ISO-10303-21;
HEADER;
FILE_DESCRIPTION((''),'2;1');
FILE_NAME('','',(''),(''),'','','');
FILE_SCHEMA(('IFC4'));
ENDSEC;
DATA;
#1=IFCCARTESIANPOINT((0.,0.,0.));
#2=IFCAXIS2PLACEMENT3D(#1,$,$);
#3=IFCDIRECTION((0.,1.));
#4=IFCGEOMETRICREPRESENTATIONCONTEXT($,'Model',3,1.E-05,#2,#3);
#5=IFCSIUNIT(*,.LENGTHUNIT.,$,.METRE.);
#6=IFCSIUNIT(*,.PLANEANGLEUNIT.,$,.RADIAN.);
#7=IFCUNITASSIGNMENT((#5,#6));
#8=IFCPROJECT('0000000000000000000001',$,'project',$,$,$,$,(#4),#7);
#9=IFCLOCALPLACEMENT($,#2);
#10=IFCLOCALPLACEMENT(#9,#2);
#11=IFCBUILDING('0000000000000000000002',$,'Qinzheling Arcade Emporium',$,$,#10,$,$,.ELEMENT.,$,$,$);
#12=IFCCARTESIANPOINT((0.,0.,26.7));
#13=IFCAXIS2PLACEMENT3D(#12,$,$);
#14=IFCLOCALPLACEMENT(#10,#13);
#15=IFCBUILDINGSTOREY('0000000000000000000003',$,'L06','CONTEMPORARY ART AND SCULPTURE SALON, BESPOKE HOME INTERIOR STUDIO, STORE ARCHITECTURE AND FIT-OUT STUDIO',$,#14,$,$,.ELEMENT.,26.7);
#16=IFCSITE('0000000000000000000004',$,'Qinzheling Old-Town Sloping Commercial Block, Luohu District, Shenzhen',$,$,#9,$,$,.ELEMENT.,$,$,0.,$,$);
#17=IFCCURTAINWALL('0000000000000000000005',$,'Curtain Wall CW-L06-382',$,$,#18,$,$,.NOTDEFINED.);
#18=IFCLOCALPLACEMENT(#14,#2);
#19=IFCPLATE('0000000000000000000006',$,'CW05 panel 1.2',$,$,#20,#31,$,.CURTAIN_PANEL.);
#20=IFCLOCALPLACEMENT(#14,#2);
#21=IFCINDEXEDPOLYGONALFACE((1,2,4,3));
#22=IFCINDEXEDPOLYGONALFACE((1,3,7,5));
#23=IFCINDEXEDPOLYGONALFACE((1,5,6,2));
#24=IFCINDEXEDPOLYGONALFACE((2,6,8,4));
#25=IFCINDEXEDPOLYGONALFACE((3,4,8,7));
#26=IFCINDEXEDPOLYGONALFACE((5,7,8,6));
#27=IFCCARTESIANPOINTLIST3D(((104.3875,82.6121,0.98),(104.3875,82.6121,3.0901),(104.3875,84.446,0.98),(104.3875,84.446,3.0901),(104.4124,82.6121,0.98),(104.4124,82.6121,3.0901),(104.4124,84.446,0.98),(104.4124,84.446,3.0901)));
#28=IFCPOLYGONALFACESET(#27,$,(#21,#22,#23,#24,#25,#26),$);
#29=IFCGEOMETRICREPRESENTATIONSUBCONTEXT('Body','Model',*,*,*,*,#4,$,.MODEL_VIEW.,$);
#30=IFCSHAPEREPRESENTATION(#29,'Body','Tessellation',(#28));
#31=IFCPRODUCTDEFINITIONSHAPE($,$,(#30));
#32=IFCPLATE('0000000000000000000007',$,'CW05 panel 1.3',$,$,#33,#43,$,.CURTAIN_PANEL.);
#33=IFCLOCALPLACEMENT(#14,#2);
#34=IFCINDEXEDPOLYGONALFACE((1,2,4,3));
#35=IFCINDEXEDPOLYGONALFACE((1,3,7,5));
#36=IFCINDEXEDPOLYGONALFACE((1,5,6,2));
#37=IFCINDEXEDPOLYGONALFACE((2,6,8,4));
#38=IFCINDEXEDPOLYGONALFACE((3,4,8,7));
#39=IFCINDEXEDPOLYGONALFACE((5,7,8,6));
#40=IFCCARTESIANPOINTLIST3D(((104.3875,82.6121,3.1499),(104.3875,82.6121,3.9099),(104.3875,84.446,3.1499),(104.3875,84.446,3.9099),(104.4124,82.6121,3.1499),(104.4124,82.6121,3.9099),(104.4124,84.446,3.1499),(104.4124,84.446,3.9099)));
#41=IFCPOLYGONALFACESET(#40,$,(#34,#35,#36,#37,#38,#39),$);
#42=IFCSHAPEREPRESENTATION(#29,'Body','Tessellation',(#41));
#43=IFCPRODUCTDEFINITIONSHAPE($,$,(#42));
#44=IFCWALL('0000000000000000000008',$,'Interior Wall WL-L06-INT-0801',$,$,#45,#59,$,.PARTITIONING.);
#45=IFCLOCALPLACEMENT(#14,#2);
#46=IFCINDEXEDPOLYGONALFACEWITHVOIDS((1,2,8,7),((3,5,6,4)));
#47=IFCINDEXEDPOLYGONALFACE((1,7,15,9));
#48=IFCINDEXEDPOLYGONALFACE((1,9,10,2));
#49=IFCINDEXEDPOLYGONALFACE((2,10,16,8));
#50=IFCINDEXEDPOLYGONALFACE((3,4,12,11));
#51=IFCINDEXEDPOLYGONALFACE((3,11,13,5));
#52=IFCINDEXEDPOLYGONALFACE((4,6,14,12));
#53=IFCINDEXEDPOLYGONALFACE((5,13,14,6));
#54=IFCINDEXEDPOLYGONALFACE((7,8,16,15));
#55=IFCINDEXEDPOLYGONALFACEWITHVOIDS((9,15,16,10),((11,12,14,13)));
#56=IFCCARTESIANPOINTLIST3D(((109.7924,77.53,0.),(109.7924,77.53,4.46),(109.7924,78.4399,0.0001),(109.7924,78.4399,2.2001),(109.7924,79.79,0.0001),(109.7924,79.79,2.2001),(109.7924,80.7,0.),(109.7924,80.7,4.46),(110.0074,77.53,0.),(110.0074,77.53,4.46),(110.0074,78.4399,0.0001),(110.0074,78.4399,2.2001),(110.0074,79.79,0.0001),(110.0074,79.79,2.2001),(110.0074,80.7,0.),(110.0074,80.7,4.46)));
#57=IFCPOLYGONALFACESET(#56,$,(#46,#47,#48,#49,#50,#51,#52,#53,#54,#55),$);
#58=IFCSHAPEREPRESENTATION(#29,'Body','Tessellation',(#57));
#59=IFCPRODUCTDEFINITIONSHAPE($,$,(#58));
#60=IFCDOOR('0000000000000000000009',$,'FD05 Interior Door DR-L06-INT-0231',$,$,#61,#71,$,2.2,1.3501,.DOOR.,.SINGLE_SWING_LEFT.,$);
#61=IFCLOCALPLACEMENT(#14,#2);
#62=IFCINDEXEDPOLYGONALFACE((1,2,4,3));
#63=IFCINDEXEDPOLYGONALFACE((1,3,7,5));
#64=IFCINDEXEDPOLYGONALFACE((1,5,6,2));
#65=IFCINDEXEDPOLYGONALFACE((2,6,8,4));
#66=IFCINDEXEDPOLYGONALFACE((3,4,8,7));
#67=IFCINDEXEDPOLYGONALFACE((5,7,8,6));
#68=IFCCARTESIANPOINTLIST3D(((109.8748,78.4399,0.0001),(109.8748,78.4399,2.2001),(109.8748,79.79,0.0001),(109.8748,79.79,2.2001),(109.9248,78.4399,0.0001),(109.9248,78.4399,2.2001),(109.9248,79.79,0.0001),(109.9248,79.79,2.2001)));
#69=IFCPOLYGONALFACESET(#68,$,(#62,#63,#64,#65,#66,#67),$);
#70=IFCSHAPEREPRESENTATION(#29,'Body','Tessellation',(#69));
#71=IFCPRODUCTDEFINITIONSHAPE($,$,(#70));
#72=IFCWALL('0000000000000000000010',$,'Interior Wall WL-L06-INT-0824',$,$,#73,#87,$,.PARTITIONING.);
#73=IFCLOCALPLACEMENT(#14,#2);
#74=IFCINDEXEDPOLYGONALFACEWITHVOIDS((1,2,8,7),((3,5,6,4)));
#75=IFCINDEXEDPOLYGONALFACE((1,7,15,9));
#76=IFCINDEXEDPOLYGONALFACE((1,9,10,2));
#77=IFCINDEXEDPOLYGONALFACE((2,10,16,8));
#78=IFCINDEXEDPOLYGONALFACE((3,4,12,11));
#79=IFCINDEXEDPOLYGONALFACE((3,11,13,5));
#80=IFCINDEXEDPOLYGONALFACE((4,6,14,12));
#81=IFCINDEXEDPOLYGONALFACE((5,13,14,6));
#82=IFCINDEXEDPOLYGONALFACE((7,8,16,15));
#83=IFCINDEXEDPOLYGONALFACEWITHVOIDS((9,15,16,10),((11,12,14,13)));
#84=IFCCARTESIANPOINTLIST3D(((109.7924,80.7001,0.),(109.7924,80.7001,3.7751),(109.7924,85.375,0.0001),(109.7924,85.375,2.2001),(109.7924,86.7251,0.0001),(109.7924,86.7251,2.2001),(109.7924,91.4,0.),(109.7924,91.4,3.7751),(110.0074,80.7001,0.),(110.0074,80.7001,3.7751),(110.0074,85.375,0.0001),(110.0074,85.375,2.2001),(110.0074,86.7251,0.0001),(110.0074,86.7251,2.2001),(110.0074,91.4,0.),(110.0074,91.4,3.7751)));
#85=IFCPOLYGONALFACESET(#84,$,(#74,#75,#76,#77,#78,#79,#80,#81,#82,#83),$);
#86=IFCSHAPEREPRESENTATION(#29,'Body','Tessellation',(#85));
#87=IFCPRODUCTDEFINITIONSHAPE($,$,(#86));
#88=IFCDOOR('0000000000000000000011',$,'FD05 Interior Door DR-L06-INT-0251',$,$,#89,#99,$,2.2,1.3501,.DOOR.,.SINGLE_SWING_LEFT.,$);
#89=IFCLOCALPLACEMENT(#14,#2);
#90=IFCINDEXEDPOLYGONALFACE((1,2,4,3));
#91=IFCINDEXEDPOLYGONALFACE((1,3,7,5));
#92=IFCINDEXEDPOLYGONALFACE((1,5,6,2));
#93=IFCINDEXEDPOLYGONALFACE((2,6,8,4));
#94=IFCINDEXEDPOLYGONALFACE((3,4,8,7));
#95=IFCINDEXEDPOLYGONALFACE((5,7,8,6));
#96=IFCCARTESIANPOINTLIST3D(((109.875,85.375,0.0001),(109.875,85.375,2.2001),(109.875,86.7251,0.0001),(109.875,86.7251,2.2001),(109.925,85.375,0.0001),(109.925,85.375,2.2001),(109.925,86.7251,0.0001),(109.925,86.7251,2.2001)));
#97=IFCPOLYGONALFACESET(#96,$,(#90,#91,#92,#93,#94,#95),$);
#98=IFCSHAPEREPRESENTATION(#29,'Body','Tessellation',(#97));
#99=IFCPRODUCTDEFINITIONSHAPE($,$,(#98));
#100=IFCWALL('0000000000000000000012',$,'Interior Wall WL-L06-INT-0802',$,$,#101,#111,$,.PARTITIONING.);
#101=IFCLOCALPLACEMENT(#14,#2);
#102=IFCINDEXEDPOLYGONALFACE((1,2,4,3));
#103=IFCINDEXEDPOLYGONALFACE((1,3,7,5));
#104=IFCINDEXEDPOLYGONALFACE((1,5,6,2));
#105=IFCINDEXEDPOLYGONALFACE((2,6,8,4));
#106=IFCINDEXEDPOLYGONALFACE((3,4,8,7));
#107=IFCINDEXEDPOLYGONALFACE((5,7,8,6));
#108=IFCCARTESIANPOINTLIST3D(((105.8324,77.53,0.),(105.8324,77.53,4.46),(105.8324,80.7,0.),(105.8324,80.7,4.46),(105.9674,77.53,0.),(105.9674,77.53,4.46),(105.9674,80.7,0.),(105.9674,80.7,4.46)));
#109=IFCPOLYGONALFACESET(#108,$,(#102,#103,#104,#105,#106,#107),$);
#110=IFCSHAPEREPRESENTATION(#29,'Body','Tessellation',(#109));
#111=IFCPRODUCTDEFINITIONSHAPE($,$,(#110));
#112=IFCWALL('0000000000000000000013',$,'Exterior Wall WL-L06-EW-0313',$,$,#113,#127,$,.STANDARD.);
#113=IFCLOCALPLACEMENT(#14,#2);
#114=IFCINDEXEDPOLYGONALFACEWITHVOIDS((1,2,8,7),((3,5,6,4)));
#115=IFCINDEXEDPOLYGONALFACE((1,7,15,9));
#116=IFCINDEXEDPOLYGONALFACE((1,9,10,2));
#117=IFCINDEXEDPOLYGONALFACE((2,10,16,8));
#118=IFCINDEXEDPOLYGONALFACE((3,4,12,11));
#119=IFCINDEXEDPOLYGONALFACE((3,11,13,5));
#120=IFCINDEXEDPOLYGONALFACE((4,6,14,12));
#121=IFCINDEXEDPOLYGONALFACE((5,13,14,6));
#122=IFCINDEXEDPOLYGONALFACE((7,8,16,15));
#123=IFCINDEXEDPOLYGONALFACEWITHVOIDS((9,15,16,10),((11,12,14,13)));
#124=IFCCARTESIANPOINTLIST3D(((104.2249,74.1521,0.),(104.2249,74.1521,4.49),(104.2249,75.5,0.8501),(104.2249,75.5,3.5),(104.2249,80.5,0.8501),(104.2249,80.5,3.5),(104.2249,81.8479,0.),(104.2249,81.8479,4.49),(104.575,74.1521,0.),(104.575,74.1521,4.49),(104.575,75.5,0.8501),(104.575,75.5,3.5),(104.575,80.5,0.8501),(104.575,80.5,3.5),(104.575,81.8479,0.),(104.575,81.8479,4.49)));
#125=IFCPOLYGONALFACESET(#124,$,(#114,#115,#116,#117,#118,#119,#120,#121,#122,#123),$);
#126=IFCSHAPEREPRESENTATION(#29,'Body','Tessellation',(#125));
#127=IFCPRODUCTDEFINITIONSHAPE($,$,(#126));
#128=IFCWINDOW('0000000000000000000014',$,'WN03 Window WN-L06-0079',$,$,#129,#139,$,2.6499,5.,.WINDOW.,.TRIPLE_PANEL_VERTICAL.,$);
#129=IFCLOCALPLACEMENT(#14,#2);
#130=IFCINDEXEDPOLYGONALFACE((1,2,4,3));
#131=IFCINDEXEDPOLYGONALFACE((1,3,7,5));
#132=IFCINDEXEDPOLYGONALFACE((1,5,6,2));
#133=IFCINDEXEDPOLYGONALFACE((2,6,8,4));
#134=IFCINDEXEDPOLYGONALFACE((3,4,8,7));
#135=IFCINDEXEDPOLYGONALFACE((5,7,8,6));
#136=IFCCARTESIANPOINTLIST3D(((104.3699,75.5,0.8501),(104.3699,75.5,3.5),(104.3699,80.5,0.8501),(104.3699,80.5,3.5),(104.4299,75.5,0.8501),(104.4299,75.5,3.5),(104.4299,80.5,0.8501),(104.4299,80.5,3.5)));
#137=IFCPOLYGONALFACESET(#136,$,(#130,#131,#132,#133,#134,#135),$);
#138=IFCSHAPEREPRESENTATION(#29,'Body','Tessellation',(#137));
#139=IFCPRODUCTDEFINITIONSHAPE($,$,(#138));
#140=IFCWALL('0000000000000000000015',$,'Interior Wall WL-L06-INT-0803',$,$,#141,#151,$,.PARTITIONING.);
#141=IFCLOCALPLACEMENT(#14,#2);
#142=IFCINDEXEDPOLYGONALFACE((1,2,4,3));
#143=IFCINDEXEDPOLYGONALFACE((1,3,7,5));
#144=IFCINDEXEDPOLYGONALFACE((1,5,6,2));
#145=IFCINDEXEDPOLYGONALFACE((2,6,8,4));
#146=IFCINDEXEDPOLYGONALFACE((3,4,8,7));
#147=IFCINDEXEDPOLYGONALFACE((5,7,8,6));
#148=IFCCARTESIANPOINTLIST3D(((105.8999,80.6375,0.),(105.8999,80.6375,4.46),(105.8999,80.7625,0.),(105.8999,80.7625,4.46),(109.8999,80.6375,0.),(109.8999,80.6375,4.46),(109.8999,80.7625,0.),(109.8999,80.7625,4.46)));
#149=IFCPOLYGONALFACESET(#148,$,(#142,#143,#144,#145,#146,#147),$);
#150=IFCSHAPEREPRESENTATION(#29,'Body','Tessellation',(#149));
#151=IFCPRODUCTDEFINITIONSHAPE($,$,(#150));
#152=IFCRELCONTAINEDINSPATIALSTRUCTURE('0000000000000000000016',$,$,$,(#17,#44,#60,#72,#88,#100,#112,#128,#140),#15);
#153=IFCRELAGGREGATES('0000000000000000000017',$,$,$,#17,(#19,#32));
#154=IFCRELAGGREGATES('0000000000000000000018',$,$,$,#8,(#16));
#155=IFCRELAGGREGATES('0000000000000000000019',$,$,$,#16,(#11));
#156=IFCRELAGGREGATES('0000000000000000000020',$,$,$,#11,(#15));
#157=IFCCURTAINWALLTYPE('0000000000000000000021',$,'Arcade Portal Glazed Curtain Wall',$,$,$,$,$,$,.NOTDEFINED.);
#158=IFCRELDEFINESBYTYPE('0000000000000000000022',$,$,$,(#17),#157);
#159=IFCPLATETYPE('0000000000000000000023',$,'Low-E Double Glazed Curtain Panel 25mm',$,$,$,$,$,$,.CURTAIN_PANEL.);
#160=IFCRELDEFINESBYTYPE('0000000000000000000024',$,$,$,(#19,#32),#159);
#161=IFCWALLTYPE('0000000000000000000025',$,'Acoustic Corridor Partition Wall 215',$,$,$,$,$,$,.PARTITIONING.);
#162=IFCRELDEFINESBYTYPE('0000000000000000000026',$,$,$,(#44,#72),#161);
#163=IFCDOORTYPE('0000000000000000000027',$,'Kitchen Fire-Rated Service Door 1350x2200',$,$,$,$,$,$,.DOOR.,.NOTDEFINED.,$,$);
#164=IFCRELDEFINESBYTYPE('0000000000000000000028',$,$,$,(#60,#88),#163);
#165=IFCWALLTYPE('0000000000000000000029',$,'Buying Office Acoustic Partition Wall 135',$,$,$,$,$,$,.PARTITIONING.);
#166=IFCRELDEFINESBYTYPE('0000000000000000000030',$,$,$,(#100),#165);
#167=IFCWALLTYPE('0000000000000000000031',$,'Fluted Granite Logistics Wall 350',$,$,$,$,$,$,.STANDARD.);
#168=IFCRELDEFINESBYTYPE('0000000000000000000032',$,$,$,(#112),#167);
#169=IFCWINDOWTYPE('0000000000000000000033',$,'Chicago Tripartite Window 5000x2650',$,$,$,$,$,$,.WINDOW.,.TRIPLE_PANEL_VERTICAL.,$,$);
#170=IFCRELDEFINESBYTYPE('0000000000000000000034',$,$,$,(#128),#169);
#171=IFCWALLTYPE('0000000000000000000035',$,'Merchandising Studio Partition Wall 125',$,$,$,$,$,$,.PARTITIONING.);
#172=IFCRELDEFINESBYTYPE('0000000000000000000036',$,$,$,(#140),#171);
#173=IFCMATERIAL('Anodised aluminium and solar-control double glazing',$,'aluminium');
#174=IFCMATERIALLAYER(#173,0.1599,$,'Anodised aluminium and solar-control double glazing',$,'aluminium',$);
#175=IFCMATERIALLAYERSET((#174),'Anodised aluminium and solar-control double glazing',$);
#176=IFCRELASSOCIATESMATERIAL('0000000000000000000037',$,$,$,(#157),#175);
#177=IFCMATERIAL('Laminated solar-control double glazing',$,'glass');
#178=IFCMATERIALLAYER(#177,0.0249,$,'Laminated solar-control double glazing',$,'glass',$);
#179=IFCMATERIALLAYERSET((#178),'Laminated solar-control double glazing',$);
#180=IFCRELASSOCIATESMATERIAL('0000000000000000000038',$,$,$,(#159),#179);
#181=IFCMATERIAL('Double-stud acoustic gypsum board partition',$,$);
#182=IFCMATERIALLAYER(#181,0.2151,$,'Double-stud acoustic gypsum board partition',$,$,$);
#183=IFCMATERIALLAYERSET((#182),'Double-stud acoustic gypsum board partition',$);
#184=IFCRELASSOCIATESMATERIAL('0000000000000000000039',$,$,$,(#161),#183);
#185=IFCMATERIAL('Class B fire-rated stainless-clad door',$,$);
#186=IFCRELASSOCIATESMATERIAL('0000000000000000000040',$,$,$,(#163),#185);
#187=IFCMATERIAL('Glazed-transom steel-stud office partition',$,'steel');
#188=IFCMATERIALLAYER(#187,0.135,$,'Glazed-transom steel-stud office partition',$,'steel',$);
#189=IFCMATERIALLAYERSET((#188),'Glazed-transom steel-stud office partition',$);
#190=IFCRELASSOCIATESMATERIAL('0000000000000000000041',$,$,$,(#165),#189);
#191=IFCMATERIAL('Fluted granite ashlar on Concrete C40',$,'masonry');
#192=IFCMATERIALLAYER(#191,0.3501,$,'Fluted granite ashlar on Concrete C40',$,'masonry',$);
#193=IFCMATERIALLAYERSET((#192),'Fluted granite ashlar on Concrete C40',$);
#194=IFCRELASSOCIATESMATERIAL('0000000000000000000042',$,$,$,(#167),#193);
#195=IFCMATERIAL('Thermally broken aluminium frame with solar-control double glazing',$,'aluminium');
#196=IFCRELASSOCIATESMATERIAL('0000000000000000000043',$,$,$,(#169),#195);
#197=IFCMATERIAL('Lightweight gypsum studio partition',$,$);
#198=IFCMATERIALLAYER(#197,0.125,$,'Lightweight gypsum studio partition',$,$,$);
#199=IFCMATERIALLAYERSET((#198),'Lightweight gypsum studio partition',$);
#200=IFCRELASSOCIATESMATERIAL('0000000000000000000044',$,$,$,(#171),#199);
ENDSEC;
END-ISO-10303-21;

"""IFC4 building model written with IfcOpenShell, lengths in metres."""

from ifc_helpers import new_model, si_unit, direction, frame, frame_2d, origin, origin_2d, place, context, subcontext, project, spatial, rectangle, extrude, material, layer, layer_set, type_object, element, fill, aggregate, save


model = new_model("IFC4")

# Units and contexts
model_context = context("Model", 3, precision=1e-05, world=origin(), true_north=direction((0.0, 1.0)))
body_context = subcontext(model_context, "Body", "Model", "MODEL_VIEW")
ifc_project = project(units=[si_unit("LENGTHUNIT", "METRE"), si_unit("PLANEANGLEUNIT", "RADIAN")], contexts=[model_context])

# Site, building, storey
site_placement = place(None, origin())
site = spatial("IfcSite", under=ifc_project, at=site_placement, Name="Qinzheling Old-Town Sloping Commercial Block, Luohu District, Shenzhen", CompositionType="ELEMENT", RefElevation=0.0)
building_placement = place(site_placement, origin())
building = spatial("IfcBuilding", under=site, at=building_placement, Name="Qinzheling Arcade Emporium", CompositionType="ELEMENT")
storey_placement = place(building_placement, frame((0.0, 0.0, 26.7)))
storey = spatial("IfcBuildingStorey", under=building, at=storey_placement, Name="L06", Description="CONTEMPORARY ART AND SCULPTURE SALON, BESPOKE HOME INTERIOR STUDIO, STORE ARCHITECTURE AND FIT-OUT STUDIO", CompositionType="ELEMENT", Elevation=26.7)

# Curtain wall
ifc_material_1 = material(Name="Anodised aluminium and solar-control double glazing", Category="aluminium")
ifc_layer_1 = layer(ifc_material_1, 0.1599, Name="Anodised aluminium and solar-control double glazing", Category="aluminium")
ifc_layer_set_1 = layer_set([ifc_layer_1], Name="Anodised aluminium and solar-control double glazing")
curtain_wall_type = type_object("IfcCurtainWallType", Name="Arcade Portal Glazed Curtain Wall", PredefinedType="NOTDEFINED", material=ifc_layer_set_1)
curtain_wall_placement = place(storey_placement, origin())
curtain_wall = element("IfcCurtainWall", 1, at=curtain_wall_placement, inside=storey, type_object=curtain_wall_type, Name="Curtain Wall CW-L06-382", PredefinedType="NOTDEFINED")

# Plates
ifc_material_2 = material(Name="Laminated solar-control double glazing", Category="glass")
ifc_layer_2 = layer(ifc_material_2, 0.0249, Name="Laminated solar-control double glazing", Category="glass")
ifc_layer_set_2 = layer_set([ifc_layer_2], Name="Laminated solar-control double glazing")
plate_type = type_object("IfcPlateType", Name="Low-E Double Glazed Curtain Panel 25mm", PredefinedType="CURTAIN_PANEL", material=ifc_layer_set_2)
plate_1_placement = place(storey_placement, frame((104.3999, 83.5291, 0.98), z_axis=(0.0, 0.0, 1.0), x_axis=(0.0, 1.0, 0.0)))
plate_1 = element("IfcPlate", 2, at=plate_1_placement, type_object=plate_type, Name="CW05 panel 1.2", PredefinedType="CURTAIN_PANEL", context=body_context, shape_type="SweptSolid", body=[
    extrude(rectangle(XDim=1.834, YDim=0.0249, at=origin_2d()), origin(), (0.0, 0.0, 1.0), 2.1101),
])
plate_2_placement = place(storey_placement, frame((104.3999, 83.5291, 3.1499), z_axis=(0.0, 0.0, 1.0), x_axis=(0.0, 1.0, 0.0)))
plate_2 = element("IfcPlate", 3, at=plate_2_placement, type_object=plate_type, Name="CW05 panel 1.3", PredefinedType="CURTAIN_PANEL", context=body_context, shape_type="SweptSolid", body=[
    extrude(rectangle(XDim=1.834, YDim=0.0249, at=origin_2d()), origin(), (0.0, 0.0, 1.0), 0.76),
])
aggregate(curtain_wall, [plate_1, plate_2])

# Walls, openings, doors
ifc_material_3 = material(Name="Double-stud acoustic gypsum board partition")
ifc_layer_3 = layer(ifc_material_3, 0.2151, Name="Double-stud acoustic gypsum board partition")
ifc_layer_set_3 = layer_set([ifc_layer_3], Name="Double-stud acoustic gypsum board partition")
wall_type_1 = type_object("IfcWallType", Name="Acoustic Corridor Partition Wall 215", PredefinedType="PARTITIONING", material=ifc_layer_set_3)
wall_1_placement = place(storey_placement, frame((109.8999, 80.7, 0.0), z_axis=(0.0, 0.0, 1.0), x_axis=(0.0, -1.0, 0.0)))
wall_1 = element("IfcWall", 4, at=wall_1_placement, inside=storey, type_object=wall_type_1, Name="Interior Wall WL-L06-INT-0801", PredefinedType="PARTITIONING", context=body_context, shape_type="SweptSolid", body=[
    extrude(rectangle(XDim=3.1699, YDim=0.2151, at=frame_2d((1.585, 0.0))), origin(), (0.0, 0.0, 1.0), 4.46),
])
opening_1_placement = place(wall_1_placement, frame((0.9099, 0.0, 0.0)))
opening_1 = element("IfcOpeningElement", 5, at=opening_1_placement, cuts=wall_1, PredefinedType="OPENING", context=body_context, shape_type="SweptSolid", body=[
    extrude(rectangle(XDim=1.3501, YDim=2.2, at=frame_2d((0.675, 1.1001))), frame((0.0, 0.1177, 0.0), z_axis=(0.0, -1.0, 0.0), x_axis=(1.0, 0.0, 0.0)), (0.0, 0.0, 1.0), 0.2351),
])
ifc_material_4 = material(Name="Class B fire-rated stainless-clad door")
door_type_1 = type_object("IfcDoorType", Name="Kitchen Fire-Rated Service Door 1350x2200", OperationType="NOTDEFINED", PredefinedType="DOOR", material=ifc_material_4)
door_1_placement = place(opening_1_placement, origin())
door_1 = element("IfcDoor", 6, at=door_1_placement, inside=storey, type_object=door_type_1, Name="FD05 Interior Door DR-L06-INT-0231", OperationType="SINGLE_SWING_LEFT", OverallHeight=2.2, OverallWidth=1.3501, PredefinedType="DOOR", context=body_context, shape_type="SweptSolid", body=[
    extrude(rectangle(XDim=1.3501, YDim=2.2, at=frame_2d((0.675, 1.1001))), frame((0.0, 0.0249, 0.0), z_axis=(0.0, -1.0, 0.0), x_axis=(1.0, 0.0, 0.0)), (0.0, 0.0, 1.0), 0.05),
])
fill(opening_1, door_1)
wall_2_placement = place(storey_placement, frame((109.8999, 80.7, 0.0), z_axis=(0.0, 0.0, 1.0), x_axis=(0.0, 1.0, 0.0)))
wall_2 = element("IfcWall", 7, at=wall_2_placement, inside=storey, type_object=wall_type_1, Name="Interior Wall WL-L06-INT-0824", PredefinedType="PARTITIONING", context=body_context, shape_type="SweptSolid", body=[
    extrude(rectangle(XDim=10.7, YDim=0.2151, at=frame_2d((5.3501, 0.0))), origin(), (0.0, 0.0, 1.0), 3.7751),
])
opening_2_placement = place(wall_2_placement, frame((4.675, 0.0, 0.0)))
opening_2 = element("IfcOpeningElement", 8, at=opening_2_placement, cuts=wall_2, PredefinedType="OPENING", context=body_context, shape_type="SweptSolid", body=[
    extrude(rectangle(XDim=1.3501, YDim=2.2, at=frame_2d((0.675, 1.1001))), frame((0.0, 0.1177, 0.0), z_axis=(0.0, -1.0, 0.0), x_axis=(1.0, 0.0, 0.0)), (0.0, 0.0, 1.0), 0.2351),
])
door_2_placement = place(opening_2_placement, origin())
door_2 = element("IfcDoor", 9, at=door_2_placement, inside=storey, type_object=door_type_1, Name="FD05 Interior Door DR-L06-INT-0251", OperationType="SINGLE_SWING_LEFT", OverallHeight=2.2, OverallWidth=1.3501, PredefinedType="DOOR", context=body_context, shape_type="SweptSolid", body=[
    extrude(rectangle(XDim=1.3501, YDim=2.2, at=frame_2d((0.675, 1.1001))), frame((0.0, 0.0249, 0.0), z_axis=(0.0, -1.0, 0.0), x_axis=(1.0, 0.0, 0.0)), (0.0, 0.0, 1.0), 0.05),
])
fill(opening_2, door_2)

# Wall
ifc_material_5 = material(Name="Glazed-transom steel-stud office partition", Category="steel")
ifc_layer_4 = layer(ifc_material_5, 0.135, Name="Glazed-transom steel-stud office partition", Category="steel")
ifc_layer_set_4 = layer_set([ifc_layer_4], Name="Glazed-transom steel-stud office partition")
wall_type_2 = type_object("IfcWallType", Name="Buying Office Acoustic Partition Wall 135", PredefinedType="PARTITIONING", material=ifc_layer_set_4)
wall_3_placement = place(storey_placement, frame((105.8999, 77.53, 0.0), z_axis=(0.0, 0.0, 1.0), x_axis=(0.0, 1.0, 0.0)))
element("IfcWall", 10, at=wall_3_placement, inside=storey, type_object=wall_type_2, Name="Interior Wall WL-L06-INT-0802", PredefinedType="PARTITIONING", context=body_context, shape_type="SweptSolid", body=[
    extrude(rectangle(XDim=3.1699, YDim=0.135, at=frame_2d((1.585, 0.0))), origin(), (0.0, 0.0, 1.0), 4.46),
])

# Wall, opening, window
ifc_material_6 = material(Name="Fluted granite ashlar on Concrete C40", Category="masonry")
ifc_layer_5 = layer(ifc_material_6, 0.3501, Name="Fluted granite ashlar on Concrete C40", Category="masonry")
ifc_layer_set_5 = layer_set([ifc_layer_5], Name="Fluted granite ashlar on Concrete C40")
wall_type_3 = type_object("IfcWallType", Name="Fluted Granite Logistics Wall 350", PredefinedType="STANDARD", material=ifc_layer_set_5)
wall_4_placement = place(storey_placement, frame((104.3999, 74.1521, 0.0), z_axis=(0.0, 0.0, 1.0), x_axis=(0.0, 1.0, 0.0)))
wall_4 = element("IfcWall", 11, at=wall_4_placement, inside=storey, type_object=wall_type_3, Name="Exterior Wall WL-L06-EW-0313", PredefinedType="STANDARD", context=body_context, shape_type="SweptSolid", body=[
    extrude(rectangle(XDim=7.6958, YDim=0.3501, at=frame_2d((3.8479, 0.0))), origin(), (0.0, 0.0, 1.0), 4.49),
])
opening_3_placement = place(wall_4_placement, frame((1.3479, 0.0, 0.8501)))
opening_3 = element("IfcOpeningElement", 12, at=opening_3_placement, cuts=wall_4, PredefinedType="OPENING", context=body_context, shape_type="SweptSolid", body=[
    extrude(rectangle(XDim=5.0, YDim=2.6499, at=frame_2d((2.5, 1.325))), frame((0.0, 0.1851, 0.0), z_axis=(0.0, -1.0, 0.0), x_axis=(1.0, 0.0, 0.0)), (0.0, 0.0, 1.0), 0.3701),
])
ifc_material_7 = material(Name="Thermally broken aluminium frame with solar-control double glazing", Category="aluminium")
window_type = type_object("IfcWindowType", Name="Chicago Tripartite Window 5000x2650", PartitioningType="TRIPLE_PANEL_VERTICAL", PredefinedType="WINDOW", material=ifc_material_7)
window_placement = place(opening_3_placement, origin())
window = element("IfcWindow", 13, at=window_placement, inside=storey, type_object=window_type, Name="WN03 Window WN-L06-0079", OverallHeight=2.6499, OverallWidth=5.0, PartitioningType="TRIPLE_PANEL_VERTICAL", PredefinedType="WINDOW", context=body_context, shape_type="SweptSolid", body=[
    extrude(rectangle(XDim=5.0, YDim=2.6499, at=frame_2d((2.5, 1.325))), frame((0.0, 0.03, 0.0), z_axis=(0.0, -1.0, 0.0), x_axis=(1.0, 0.0, 0.0)), (0.0, 0.0, 1.0), 0.0601),
])
fill(opening_3, window)

# Wall
ifc_material_8 = material(Name="Lightweight gypsum studio partition")
ifc_layer_6 = layer(ifc_material_8, 0.125, Name="Lightweight gypsum studio partition")
ifc_layer_set_6 = layer_set([ifc_layer_6], Name="Lightweight gypsum studio partition")
wall_type_4 = type_object("IfcWallType", Name="Merchandising Studio Partition Wall 125", PredefinedType="PARTITIONING", material=ifc_layer_set_6)
wall_5_placement = place(storey_placement, frame((105.8999, 80.7, 0.0), z_axis=(0.0, 0.0, 1.0), x_axis=(1.0, 0.0, 0.0)))
element("IfcWall", 14, at=wall_5_placement, inside=storey, type_object=wall_type_4, Name="Interior Wall WL-L06-INT-0803", PredefinedType="PARTITIONING", context=body_context, shape_type="SweptSolid", body=[
    extrude(rectangle(XDim=4.0, YDim=0.125, at=frame_2d((2.0, 0.0))), origin(), (0.0, 0.0, 1.0), 4.46),
])

save(model, "model.ifc")
